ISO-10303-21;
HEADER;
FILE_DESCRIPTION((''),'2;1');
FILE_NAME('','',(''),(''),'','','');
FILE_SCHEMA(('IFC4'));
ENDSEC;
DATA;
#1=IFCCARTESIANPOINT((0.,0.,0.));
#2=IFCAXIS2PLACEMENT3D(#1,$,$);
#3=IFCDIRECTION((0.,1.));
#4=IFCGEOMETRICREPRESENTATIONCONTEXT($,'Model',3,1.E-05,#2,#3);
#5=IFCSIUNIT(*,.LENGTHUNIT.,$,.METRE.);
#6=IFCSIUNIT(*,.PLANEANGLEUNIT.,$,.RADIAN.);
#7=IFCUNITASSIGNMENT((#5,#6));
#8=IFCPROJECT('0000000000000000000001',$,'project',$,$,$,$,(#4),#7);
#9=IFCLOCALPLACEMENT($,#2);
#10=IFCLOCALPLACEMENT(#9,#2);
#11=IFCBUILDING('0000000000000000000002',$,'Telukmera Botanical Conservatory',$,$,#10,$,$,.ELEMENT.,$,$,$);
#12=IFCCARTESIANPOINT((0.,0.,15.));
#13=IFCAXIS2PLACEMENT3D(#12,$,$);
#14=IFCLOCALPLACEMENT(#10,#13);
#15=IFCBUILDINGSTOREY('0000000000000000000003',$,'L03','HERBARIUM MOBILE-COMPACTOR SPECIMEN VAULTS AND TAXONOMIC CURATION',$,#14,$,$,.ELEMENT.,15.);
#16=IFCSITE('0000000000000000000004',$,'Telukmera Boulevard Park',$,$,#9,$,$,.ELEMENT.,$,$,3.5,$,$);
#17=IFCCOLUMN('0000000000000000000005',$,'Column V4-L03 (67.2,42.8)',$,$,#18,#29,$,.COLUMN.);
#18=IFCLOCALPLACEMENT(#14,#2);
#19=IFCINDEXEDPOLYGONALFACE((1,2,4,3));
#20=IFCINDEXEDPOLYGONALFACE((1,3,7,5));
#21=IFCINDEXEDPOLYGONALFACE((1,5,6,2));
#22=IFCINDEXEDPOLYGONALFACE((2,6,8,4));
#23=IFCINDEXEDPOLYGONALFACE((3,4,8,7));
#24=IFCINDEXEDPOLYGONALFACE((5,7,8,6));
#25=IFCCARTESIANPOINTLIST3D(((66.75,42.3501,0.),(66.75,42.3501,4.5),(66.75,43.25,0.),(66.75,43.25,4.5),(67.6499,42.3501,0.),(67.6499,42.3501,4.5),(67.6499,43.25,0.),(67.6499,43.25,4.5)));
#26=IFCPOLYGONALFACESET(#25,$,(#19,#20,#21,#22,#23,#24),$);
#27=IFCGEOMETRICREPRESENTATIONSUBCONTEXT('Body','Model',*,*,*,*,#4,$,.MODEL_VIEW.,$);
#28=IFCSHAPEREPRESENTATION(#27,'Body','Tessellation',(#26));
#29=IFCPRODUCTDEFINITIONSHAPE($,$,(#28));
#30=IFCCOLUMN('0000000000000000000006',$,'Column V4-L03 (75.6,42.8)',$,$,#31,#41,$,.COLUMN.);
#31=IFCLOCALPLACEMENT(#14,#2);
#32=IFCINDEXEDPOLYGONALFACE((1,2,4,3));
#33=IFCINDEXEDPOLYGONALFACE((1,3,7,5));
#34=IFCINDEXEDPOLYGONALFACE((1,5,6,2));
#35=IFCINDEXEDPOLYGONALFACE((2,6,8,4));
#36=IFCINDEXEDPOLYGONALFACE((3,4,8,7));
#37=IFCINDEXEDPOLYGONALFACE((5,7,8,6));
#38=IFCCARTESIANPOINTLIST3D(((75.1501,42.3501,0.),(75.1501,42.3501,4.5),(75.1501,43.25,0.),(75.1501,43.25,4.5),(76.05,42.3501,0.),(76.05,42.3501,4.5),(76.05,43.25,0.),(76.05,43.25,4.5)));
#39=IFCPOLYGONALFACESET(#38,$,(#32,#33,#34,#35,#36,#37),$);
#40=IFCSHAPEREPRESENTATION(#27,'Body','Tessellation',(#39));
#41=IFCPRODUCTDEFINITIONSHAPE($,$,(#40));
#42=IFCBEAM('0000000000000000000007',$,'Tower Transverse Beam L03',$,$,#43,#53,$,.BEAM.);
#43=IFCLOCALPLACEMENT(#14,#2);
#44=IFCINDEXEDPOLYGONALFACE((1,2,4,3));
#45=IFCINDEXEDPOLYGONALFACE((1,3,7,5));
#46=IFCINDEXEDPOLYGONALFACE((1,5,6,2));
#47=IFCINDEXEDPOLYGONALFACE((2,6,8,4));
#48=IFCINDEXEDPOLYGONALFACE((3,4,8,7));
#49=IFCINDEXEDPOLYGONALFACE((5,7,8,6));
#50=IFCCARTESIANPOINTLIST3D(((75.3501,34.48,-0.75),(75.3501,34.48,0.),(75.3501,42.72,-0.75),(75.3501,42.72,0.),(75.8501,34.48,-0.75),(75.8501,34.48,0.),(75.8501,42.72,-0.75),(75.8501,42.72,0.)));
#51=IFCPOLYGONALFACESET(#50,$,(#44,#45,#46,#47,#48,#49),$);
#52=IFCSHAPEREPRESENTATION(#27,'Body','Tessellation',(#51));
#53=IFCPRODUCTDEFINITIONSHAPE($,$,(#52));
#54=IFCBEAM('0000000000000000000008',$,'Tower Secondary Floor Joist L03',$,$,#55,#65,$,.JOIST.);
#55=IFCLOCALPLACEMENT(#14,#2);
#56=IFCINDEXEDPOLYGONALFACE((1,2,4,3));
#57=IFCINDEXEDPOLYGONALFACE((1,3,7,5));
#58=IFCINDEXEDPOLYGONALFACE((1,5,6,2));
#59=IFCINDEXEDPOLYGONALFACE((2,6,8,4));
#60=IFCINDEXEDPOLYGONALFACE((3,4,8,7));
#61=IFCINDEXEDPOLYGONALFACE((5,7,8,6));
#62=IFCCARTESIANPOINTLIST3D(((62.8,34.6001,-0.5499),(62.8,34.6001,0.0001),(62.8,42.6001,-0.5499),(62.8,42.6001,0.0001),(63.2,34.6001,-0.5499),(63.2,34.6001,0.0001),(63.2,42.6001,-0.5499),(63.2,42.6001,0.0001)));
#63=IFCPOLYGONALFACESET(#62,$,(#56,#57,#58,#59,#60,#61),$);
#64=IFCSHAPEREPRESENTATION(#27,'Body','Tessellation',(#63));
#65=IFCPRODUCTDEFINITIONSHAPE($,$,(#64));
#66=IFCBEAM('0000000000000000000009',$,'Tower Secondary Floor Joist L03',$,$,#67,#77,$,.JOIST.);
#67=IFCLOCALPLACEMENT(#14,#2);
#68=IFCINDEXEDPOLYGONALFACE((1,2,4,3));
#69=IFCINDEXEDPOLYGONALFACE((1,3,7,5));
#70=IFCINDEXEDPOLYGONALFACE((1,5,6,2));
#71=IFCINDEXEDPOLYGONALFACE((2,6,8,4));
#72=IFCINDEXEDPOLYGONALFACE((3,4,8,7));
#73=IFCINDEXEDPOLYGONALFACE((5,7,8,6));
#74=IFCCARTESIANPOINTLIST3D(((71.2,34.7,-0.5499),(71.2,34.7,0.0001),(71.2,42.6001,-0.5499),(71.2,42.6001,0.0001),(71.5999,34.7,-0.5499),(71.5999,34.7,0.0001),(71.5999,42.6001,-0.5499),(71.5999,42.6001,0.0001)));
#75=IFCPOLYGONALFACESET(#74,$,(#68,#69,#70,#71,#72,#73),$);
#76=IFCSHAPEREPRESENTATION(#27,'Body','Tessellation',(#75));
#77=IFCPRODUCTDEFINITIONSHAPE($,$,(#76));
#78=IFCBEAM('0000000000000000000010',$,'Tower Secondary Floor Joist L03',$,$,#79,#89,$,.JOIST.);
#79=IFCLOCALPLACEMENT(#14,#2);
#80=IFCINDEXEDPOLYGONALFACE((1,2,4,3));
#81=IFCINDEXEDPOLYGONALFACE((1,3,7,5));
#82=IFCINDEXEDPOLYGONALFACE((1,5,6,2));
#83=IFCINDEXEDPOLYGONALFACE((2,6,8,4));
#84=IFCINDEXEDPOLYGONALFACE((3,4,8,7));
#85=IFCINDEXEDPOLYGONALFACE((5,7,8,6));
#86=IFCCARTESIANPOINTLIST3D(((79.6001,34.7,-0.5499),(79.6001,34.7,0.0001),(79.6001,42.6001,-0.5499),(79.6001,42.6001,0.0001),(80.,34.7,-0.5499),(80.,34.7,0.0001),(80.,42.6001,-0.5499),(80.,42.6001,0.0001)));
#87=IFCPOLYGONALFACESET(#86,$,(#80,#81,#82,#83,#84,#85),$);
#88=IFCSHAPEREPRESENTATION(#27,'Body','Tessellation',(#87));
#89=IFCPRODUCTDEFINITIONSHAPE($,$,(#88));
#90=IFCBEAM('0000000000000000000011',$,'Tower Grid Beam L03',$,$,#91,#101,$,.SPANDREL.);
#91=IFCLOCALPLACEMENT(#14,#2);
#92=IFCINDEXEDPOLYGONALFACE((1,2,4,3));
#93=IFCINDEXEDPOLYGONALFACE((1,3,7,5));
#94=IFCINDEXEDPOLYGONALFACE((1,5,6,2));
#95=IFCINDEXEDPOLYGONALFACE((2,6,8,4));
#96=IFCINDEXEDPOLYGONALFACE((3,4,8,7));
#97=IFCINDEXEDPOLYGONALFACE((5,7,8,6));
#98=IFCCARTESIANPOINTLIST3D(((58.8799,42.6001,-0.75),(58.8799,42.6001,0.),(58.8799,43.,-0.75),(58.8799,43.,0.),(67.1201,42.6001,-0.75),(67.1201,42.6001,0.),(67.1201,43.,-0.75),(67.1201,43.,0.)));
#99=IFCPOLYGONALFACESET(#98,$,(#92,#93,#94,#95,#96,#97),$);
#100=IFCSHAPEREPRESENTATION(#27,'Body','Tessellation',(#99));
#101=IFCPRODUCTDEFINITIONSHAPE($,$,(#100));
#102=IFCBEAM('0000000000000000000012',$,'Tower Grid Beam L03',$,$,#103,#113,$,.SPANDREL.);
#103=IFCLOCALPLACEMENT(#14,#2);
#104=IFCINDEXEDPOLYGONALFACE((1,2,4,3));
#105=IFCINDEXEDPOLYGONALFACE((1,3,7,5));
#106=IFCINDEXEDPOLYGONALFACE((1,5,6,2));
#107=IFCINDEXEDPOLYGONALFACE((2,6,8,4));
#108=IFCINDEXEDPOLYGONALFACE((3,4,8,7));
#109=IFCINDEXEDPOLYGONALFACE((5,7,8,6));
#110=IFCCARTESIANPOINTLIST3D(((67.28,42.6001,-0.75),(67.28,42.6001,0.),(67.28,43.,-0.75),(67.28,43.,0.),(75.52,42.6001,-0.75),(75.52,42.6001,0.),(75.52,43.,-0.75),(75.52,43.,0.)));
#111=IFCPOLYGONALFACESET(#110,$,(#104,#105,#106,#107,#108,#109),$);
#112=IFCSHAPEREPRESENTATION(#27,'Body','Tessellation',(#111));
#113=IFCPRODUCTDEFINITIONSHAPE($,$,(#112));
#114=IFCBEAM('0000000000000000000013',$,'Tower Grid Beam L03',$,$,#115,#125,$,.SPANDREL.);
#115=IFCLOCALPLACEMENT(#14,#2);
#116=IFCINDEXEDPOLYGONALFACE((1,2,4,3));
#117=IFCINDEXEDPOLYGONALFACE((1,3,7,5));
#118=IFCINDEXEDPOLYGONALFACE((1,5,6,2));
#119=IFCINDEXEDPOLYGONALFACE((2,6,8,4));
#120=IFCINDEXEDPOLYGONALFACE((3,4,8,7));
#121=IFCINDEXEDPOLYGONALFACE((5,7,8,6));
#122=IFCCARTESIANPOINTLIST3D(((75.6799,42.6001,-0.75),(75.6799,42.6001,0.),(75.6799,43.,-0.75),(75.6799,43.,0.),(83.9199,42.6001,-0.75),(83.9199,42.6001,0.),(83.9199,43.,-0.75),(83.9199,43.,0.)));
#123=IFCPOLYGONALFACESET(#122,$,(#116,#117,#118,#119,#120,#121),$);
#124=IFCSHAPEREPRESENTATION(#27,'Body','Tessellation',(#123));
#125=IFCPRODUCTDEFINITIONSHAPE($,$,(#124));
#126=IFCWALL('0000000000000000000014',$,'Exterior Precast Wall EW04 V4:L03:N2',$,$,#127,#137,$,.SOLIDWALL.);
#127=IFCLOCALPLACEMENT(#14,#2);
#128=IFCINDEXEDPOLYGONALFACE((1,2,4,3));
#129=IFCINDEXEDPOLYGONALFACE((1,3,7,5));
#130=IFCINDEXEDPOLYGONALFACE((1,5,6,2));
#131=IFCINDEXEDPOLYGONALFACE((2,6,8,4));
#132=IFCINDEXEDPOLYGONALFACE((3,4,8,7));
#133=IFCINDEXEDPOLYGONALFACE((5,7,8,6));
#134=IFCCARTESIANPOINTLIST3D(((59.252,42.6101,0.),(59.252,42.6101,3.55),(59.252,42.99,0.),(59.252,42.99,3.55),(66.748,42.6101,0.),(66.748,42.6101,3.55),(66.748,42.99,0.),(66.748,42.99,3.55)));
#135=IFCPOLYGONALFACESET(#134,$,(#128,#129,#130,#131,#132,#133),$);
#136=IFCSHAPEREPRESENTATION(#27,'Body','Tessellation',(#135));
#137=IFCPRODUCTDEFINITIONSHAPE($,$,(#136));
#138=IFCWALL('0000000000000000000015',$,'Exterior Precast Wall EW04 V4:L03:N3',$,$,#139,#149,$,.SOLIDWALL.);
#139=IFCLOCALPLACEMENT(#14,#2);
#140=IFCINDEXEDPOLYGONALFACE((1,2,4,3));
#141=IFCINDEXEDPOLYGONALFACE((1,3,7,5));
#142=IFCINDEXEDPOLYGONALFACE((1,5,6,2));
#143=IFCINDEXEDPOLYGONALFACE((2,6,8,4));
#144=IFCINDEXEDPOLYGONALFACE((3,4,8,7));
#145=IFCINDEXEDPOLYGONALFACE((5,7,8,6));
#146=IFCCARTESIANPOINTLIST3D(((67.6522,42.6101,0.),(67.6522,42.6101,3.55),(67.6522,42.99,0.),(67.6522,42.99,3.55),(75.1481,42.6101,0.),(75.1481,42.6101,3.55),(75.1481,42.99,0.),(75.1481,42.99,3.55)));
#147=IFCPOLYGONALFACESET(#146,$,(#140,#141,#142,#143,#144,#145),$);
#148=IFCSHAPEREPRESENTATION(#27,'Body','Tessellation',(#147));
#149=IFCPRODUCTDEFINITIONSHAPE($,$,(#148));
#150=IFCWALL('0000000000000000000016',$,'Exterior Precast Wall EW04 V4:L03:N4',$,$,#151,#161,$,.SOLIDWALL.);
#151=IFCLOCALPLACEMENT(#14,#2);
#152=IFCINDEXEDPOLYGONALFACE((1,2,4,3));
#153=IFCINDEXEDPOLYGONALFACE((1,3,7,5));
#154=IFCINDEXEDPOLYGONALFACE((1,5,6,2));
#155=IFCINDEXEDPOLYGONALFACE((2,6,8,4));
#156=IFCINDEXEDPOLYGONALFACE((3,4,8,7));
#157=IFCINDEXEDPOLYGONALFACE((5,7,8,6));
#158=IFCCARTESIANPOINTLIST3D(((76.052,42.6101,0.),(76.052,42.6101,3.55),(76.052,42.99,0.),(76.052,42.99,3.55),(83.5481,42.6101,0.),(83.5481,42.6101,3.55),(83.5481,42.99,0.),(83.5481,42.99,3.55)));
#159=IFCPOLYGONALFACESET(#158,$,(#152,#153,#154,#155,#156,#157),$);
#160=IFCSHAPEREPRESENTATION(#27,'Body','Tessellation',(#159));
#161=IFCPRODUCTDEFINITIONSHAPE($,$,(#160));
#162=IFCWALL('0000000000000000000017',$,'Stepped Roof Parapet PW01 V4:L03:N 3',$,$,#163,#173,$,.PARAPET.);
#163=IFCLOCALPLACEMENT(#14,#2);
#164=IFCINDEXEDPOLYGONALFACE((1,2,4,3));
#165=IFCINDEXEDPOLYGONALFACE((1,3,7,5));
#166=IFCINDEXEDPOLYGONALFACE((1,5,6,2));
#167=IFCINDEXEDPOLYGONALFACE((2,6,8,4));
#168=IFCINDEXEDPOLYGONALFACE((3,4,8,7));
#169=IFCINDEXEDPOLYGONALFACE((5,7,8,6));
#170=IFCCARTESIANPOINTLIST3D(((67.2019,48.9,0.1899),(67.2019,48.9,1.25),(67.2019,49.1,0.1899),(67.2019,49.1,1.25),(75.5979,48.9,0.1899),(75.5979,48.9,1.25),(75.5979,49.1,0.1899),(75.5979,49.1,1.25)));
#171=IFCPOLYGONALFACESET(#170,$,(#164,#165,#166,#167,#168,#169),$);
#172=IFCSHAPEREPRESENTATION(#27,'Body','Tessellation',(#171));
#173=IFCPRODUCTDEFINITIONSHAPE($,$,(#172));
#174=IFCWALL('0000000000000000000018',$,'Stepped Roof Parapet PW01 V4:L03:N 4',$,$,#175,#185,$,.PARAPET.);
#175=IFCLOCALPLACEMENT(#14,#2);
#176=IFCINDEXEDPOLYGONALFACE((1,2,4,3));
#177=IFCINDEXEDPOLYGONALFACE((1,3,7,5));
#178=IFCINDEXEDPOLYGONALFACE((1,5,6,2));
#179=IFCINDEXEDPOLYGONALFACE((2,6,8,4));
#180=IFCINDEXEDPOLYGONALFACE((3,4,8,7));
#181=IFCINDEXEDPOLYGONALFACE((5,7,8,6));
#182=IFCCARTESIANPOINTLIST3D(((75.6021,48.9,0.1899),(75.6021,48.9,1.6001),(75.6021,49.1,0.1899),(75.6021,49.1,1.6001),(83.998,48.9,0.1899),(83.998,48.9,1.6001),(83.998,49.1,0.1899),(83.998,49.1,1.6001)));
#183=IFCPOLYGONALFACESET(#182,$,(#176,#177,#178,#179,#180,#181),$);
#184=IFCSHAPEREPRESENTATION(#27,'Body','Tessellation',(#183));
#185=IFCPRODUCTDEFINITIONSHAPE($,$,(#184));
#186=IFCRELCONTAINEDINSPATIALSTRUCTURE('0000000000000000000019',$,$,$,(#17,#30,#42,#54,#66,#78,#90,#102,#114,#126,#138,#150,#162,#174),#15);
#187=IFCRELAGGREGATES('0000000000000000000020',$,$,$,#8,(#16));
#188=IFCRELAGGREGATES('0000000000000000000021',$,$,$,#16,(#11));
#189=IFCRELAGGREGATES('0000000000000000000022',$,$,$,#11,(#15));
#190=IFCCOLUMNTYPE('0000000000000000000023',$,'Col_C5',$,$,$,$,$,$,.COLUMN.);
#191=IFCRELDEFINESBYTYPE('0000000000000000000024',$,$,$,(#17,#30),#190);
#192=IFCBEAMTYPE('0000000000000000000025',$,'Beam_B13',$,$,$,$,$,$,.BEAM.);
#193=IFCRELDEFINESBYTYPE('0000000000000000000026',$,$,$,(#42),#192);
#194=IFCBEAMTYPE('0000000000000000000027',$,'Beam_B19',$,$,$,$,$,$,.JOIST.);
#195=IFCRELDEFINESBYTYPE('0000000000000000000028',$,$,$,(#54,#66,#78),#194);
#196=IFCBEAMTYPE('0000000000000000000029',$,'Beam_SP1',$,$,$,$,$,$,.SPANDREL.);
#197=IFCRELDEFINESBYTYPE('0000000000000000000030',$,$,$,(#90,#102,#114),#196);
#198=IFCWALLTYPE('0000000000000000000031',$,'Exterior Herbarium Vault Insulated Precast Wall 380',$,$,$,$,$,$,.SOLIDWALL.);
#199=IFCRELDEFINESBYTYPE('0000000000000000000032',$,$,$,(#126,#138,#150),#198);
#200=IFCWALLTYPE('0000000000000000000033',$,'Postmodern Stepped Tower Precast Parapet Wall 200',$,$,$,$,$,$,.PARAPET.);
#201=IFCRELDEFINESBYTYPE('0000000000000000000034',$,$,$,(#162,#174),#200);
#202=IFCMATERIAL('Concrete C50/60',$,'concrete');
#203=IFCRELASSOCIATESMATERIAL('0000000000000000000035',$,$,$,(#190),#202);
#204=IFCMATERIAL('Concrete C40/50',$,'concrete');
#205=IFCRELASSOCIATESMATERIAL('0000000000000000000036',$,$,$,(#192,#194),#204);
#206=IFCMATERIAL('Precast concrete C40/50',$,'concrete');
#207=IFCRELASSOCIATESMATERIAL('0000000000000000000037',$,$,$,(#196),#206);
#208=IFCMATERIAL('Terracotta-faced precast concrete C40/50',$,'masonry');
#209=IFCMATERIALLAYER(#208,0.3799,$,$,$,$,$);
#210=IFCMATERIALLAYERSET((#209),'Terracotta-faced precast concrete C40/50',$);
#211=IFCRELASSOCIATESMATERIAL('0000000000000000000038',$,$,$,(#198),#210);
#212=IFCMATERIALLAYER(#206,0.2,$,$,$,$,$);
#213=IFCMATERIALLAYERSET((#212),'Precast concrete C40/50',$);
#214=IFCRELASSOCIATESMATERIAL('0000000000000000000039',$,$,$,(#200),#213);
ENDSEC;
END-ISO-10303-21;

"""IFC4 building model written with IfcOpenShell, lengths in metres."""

from ifc_helpers import new_model, si_unit, direction, frame, frame_2d, origin, origin_2d, place, context, subcontext, project, spatial, rectangle, extrude, material, layer, layer_set, material_profile, profile_set, type_object, element, save


model = new_model("IFC4")

# Units and contexts
model_context = context("Model", 3, precision=1e-05, world=origin(), true_north=direction((0.0, 1.0)))
body_context = subcontext(model_context, "Body", "Model", "MODEL_VIEW")
ifc_project = project(units=[si_unit("LENGTHUNIT", "METRE"), si_unit("PLANEANGLEUNIT", "RADIAN")], contexts=[model_context])

# Site, building, storey
site_placement = place(None, origin())
site = spatial("IfcSite", under=ifc_project, at=site_placement, Name="Telukmera Boulevard Park", CompositionType="ELEMENT", RefElevation=3.5)
building_placement = place(site_placement, origin())
building = spatial("IfcBuilding", under=site, at=building_placement, Name="Telukmera Botanical Conservatory", CompositionType="ELEMENT")
storey_placement = place(building_placement, frame((0.0, 0.0, 15.0)))
storey = spatial("IfcBuildingStorey", under=building, at=storey_placement, Name="L03", Description="HERBARIUM MOBILE-COMPACTOR SPECIMEN VAULTS AND TAXONOMIC CURATION", CompositionType="ELEMENT", Elevation=15.0)

# Columns
ifc_material_1 = material(Name="Concrete C50/60", Category="concrete")
ifc_material_profile_1 = material_profile(ifc_material_1, rectangle(XDim=0.8999, YDim=0.8999, at=origin_2d()), Name="RC 900x900")
ifc_profile_set_1 = profile_set([ifc_material_profile_1], Name="Concrete C50/60")
column_type = type_object("IfcColumnType", Name="Col_C5", PredefinedType="COLUMN", material=ifc_profile_set_1)
for number, where, z_axis, x_axis, name in (
    (1, (67.2, 42.8, 0.0), (0.0, 0.0, 1.0), (1.0, 0.0, 0.0), "Column V4-L03 (67.2,42.8)"),
    (2, (75.6001, 42.8, 0.0), (0.0, 0.0, 1.0), (1.0, 0.0, 0.0), "Column V4-L03 (75.6,42.8)"),
):
    element("IfcColumn", number, at=place(storey_placement, frame(where, z_axis=z_axis, x_axis=x_axis)), inside=storey, type_object=column_type, Name=name, PredefinedType="COLUMN", context=body_context, shape_type="SweptSolid", body=[
        extrude(rectangle(XDim=0.8999, YDim=0.8999, at=origin_2d()), origin(), (0.0, 0.0, 1.0), 4.5),
    ])

# Beams
ifc_material_2 = material(Name="Concrete C40/50", Category="concrete")
ifc_material_profile_2 = material_profile(ifc_material_2, rectangle(XDim=0.5, YDim=0.75, at=origin_2d()), Name="RC 500x750")
ifc_profile_set_2 = profile_set([ifc_material_profile_2], Name="Concrete C40/50")
beam_type_1 = type_object("IfcBeamType", Name="Beam_B13", PredefinedType="BEAM", material=ifc_profile_set_2)
beam_1_placement = place(storey_placement, frame((75.6001, 34.48, -0.375), z_axis=(0.0, 1.0, 0.0), x_axis=(-1.0, 0.0, 0.0)))
element("IfcBeam", 3, at=beam_1_placement, inside=storey, type_object=beam_type_1, Name="Tower Transverse Beam L03", PredefinedType="BEAM", context=body_context, shape_type="SweptSolid", body=[
    extrude(rectangle(XDim=0.5, YDim=0.75, at=origin_2d()), origin(), (0.0, 0.0, 1.0), 8.24),
])
ifc_material_profile_3 = material_profile(ifc_material_2, rectangle(XDim=0.3999, YDim=0.55, at=origin_2d()), Name="RC 400x550")
ifc_profile_set_3 = profile_set([ifc_material_profile_3], Name="Concrete C40/50")
beam_type_2 = type_object("IfcBeamType", Name="Beam_B19", PredefinedType="JOIST", material=ifc_profile_set_3)
beam_2_placement = place(storey_placement, frame((63.0, 34.6001, -0.2749), z_axis=(0.0, 1.0, 0.0), x_axis=(-1.0, 0.0, 0.0)))
element("IfcBeam", 4, at=beam_2_placement, inside=storey, type_object=beam_type_2, Name="Tower Secondary Floor Joist L03", PredefinedType="JOIST", context=body_context, shape_type="SweptSolid", body=[
    extrude(rectangle(XDim=0.3999, YDim=0.55, at=origin_2d()), origin(), (0.0, 0.0, 1.0), 8.0),
])
for number, where, z_axis, x_axis, name in (
    (5, (71.3999, 34.7, -0.2749), (0.0, 1.0, 0.0), (-1.0, 0.0, 0.0), "Tower Secondary Floor Joist L03"),
    (6, (79.8, 34.7, -0.2749), (0.0, 1.0, 0.0), (-1.0, 0.0, 0.0), "Tower Secondary Floor Joist L03"),
):
    element("IfcBeam", number, at=place(storey_placement, frame(where, z_axis=z_axis, x_axis=x_axis)), inside=storey, type_object=beam_type_2, Name=name, PredefinedType="JOIST", context=body_context, shape_type="SweptSolid", body=[
        extrude(rectangle(XDim=0.3999, YDim=0.55, at=origin_2d()), origin(), (0.0, 0.0, 1.0), 7.9001),
    ])
ifc_material_3 = material(Name="Precast concrete C40/50", Category="concrete")
ifc_material_profile_4 = material_profile(ifc_material_3, rectangle(XDim=0.3999, YDim=0.75, at=origin_2d()), Name="PC 400x750")
ifc_profile_set_4 = profile_set([ifc_material_profile_4], Name="Precast concrete C40/50")
beam_type_3 = type_object("IfcBeamType", Name="Beam_SP1", PredefinedType="SPANDREL", material=ifc_profile_set_4)
beam_3_placement = place(storey_placement, frame((58.8799, 42.8, -0.375), z_axis=(1.0, 0.0, 0.0), x_axis=(0.0, 1.0, 0.0)))
element("IfcBeam", 7, at=beam_3_placement, inside=storey, type_object=beam_type_3, Name="Tower Grid Beam L03", PredefinedType="SPANDREL", context=body_context, shape_type="SweptSolid", body=[
    extrude(rectangle(XDim=0.3999, YDim=0.75, at=origin_2d()), origin(), (0.0, 0.0, 1.0), 8.2402),
])
for number, where, z_axis, x_axis, name in (
    (8, (67.28, 42.8, -0.375), (1.0, 0.0, 0.0), (0.0, 1.0, 0.0), "Tower Grid Beam L03"),
    (9, (75.6799, 42.8, -0.375), (1.0, 0.0, 0.0), (0.0, 1.0, 0.0), "Tower Grid Beam L03"),
):
    element("IfcBeam", number, at=place(storey_placement, frame(where, z_axis=z_axis, x_axis=x_axis)), inside=storey, type_object=beam_type_3, Name=name, PredefinedType="SPANDREL", context=body_context, shape_type="SweptSolid", body=[
        extrude(rectangle(XDim=0.3999, YDim=0.75, at=origin_2d()), origin(), (0.0, 0.0, 1.0), 8.24),
    ])

# Walls
ifc_material_4 = material(Name="Terracotta-faced precast concrete C40/50", Category="masonry")
ifc_layer_1 = layer(ifc_material_4, 0.3799)
ifc_layer_set_1 = layer_set([ifc_layer_1], Name="Terracotta-faced precast concrete C40/50")
wall_type_1 = type_object("IfcWallType", Name="Exterior Herbarium Vault Insulated Precast Wall 380", PredefinedType="SOLIDWALL", material=ifc_layer_set_1)
wall_1_placement = place(storey_placement, frame((59.252, 42.8, 0.0), z_axis=(0.0, 0.0, 1.0), x_axis=(1.0, 0.0, 0.0)))
element("IfcWall", 10, at=wall_1_placement, inside=storey, type_object=wall_type_1, Name="Exterior Precast Wall EW04 V4:L03:N2", PredefinedType="SOLIDWALL", context=body_context, shape_type="SweptSolid", body=[
    extrude(rectangle(XDim=7.4961, YDim=0.3799, at=frame_2d((3.748, 0.0))), origin(), (0.0, 0.0, 1.0), 3.55),
])
wall_2_placement = place(storey_placement, frame((67.6521, 42.8, 0.0), z_axis=(0.0, 0.0, 1.0), x_axis=(1.0, 0.0, 0.0)))
element("IfcWall", 11, at=wall_2_placement, inside=storey, type_object=wall_type_1, Name="Exterior Precast Wall EW04 V4:L03:N3", PredefinedType="SOLIDWALL", context=body_context, shape_type="SweptSolid", body=[
    extrude(rectangle(XDim=7.4958, YDim=0.3799, at=frame_2d((3.748, 0.0))), origin(), (0.0, 0.0, 1.0), 3.55),
])
wall_3_placement = place(storey_placement, frame((76.052, 42.8, 0.0), z_axis=(0.0, 0.0, 1.0), x_axis=(1.0, 0.0, 0.0)))
element("IfcWall", 12, at=wall_3_placement, inside=storey, type_object=wall_type_1, Name="Exterior Precast Wall EW04 V4:L03:N4", PredefinedType="SOLIDWALL", context=body_context, shape_type="SweptSolid", body=[
    extrude(rectangle(XDim=7.4961, YDim=0.3799, at=frame_2d((3.748, 0.0))), origin(), (0.0, 0.0, 1.0), 3.55),
])
ifc_layer_2 = layer(ifc_material_3, 0.2)
ifc_layer_set_2 = layer_set([ifc_layer_2], Name="Precast concrete C40/50")
wall_type_2 = type_object("IfcWallType", Name="Postmodern Stepped Tower Precast Parapet Wall 200", PredefinedType="PARAPET", material=ifc_layer_set_2)
wall_4_placement = place(storey_placement, frame((67.2019, 49.0, 0.1899), z_axis=(0.0, 0.0, 1.0), x_axis=(1.0, 0.0, 0.0)))
element("IfcWall", 13, at=wall_4_placement, inside=storey, type_object=wall_type_2, Name="Stepped Roof Parapet PW01 V4:L03:N 3", PredefinedType="PARAPET", context=body_context, shape_type="SweptSolid", body=[
    extrude(rectangle(XDim=8.396, YDim=0.2, at=frame_2d((4.198, 0.0))), origin(), (0.0, 0.0, 1.0), 1.0601),
])
wall_5_placement = place(storey_placement, frame((75.6021, 49.0, 0.1899), z_axis=(0.0, 0.0, 1.0), x_axis=(1.0, 0.0, 0.0)))
element("IfcWall", 14, at=wall_5_placement, inside=storey, type_object=wall_type_2, Name="Stepped Roof Parapet PW01 V4:L03:N 4", PredefinedType="PARAPET", context=body_context, shape_type="SweptSolid", body=[
    extrude(rectangle(XDim=8.396, YDim=0.2, at=frame_2d((4.198, 0.0))), origin(), (0.0, 0.0, 1.0), 1.4102),
])

save(model, "model.ifc")
